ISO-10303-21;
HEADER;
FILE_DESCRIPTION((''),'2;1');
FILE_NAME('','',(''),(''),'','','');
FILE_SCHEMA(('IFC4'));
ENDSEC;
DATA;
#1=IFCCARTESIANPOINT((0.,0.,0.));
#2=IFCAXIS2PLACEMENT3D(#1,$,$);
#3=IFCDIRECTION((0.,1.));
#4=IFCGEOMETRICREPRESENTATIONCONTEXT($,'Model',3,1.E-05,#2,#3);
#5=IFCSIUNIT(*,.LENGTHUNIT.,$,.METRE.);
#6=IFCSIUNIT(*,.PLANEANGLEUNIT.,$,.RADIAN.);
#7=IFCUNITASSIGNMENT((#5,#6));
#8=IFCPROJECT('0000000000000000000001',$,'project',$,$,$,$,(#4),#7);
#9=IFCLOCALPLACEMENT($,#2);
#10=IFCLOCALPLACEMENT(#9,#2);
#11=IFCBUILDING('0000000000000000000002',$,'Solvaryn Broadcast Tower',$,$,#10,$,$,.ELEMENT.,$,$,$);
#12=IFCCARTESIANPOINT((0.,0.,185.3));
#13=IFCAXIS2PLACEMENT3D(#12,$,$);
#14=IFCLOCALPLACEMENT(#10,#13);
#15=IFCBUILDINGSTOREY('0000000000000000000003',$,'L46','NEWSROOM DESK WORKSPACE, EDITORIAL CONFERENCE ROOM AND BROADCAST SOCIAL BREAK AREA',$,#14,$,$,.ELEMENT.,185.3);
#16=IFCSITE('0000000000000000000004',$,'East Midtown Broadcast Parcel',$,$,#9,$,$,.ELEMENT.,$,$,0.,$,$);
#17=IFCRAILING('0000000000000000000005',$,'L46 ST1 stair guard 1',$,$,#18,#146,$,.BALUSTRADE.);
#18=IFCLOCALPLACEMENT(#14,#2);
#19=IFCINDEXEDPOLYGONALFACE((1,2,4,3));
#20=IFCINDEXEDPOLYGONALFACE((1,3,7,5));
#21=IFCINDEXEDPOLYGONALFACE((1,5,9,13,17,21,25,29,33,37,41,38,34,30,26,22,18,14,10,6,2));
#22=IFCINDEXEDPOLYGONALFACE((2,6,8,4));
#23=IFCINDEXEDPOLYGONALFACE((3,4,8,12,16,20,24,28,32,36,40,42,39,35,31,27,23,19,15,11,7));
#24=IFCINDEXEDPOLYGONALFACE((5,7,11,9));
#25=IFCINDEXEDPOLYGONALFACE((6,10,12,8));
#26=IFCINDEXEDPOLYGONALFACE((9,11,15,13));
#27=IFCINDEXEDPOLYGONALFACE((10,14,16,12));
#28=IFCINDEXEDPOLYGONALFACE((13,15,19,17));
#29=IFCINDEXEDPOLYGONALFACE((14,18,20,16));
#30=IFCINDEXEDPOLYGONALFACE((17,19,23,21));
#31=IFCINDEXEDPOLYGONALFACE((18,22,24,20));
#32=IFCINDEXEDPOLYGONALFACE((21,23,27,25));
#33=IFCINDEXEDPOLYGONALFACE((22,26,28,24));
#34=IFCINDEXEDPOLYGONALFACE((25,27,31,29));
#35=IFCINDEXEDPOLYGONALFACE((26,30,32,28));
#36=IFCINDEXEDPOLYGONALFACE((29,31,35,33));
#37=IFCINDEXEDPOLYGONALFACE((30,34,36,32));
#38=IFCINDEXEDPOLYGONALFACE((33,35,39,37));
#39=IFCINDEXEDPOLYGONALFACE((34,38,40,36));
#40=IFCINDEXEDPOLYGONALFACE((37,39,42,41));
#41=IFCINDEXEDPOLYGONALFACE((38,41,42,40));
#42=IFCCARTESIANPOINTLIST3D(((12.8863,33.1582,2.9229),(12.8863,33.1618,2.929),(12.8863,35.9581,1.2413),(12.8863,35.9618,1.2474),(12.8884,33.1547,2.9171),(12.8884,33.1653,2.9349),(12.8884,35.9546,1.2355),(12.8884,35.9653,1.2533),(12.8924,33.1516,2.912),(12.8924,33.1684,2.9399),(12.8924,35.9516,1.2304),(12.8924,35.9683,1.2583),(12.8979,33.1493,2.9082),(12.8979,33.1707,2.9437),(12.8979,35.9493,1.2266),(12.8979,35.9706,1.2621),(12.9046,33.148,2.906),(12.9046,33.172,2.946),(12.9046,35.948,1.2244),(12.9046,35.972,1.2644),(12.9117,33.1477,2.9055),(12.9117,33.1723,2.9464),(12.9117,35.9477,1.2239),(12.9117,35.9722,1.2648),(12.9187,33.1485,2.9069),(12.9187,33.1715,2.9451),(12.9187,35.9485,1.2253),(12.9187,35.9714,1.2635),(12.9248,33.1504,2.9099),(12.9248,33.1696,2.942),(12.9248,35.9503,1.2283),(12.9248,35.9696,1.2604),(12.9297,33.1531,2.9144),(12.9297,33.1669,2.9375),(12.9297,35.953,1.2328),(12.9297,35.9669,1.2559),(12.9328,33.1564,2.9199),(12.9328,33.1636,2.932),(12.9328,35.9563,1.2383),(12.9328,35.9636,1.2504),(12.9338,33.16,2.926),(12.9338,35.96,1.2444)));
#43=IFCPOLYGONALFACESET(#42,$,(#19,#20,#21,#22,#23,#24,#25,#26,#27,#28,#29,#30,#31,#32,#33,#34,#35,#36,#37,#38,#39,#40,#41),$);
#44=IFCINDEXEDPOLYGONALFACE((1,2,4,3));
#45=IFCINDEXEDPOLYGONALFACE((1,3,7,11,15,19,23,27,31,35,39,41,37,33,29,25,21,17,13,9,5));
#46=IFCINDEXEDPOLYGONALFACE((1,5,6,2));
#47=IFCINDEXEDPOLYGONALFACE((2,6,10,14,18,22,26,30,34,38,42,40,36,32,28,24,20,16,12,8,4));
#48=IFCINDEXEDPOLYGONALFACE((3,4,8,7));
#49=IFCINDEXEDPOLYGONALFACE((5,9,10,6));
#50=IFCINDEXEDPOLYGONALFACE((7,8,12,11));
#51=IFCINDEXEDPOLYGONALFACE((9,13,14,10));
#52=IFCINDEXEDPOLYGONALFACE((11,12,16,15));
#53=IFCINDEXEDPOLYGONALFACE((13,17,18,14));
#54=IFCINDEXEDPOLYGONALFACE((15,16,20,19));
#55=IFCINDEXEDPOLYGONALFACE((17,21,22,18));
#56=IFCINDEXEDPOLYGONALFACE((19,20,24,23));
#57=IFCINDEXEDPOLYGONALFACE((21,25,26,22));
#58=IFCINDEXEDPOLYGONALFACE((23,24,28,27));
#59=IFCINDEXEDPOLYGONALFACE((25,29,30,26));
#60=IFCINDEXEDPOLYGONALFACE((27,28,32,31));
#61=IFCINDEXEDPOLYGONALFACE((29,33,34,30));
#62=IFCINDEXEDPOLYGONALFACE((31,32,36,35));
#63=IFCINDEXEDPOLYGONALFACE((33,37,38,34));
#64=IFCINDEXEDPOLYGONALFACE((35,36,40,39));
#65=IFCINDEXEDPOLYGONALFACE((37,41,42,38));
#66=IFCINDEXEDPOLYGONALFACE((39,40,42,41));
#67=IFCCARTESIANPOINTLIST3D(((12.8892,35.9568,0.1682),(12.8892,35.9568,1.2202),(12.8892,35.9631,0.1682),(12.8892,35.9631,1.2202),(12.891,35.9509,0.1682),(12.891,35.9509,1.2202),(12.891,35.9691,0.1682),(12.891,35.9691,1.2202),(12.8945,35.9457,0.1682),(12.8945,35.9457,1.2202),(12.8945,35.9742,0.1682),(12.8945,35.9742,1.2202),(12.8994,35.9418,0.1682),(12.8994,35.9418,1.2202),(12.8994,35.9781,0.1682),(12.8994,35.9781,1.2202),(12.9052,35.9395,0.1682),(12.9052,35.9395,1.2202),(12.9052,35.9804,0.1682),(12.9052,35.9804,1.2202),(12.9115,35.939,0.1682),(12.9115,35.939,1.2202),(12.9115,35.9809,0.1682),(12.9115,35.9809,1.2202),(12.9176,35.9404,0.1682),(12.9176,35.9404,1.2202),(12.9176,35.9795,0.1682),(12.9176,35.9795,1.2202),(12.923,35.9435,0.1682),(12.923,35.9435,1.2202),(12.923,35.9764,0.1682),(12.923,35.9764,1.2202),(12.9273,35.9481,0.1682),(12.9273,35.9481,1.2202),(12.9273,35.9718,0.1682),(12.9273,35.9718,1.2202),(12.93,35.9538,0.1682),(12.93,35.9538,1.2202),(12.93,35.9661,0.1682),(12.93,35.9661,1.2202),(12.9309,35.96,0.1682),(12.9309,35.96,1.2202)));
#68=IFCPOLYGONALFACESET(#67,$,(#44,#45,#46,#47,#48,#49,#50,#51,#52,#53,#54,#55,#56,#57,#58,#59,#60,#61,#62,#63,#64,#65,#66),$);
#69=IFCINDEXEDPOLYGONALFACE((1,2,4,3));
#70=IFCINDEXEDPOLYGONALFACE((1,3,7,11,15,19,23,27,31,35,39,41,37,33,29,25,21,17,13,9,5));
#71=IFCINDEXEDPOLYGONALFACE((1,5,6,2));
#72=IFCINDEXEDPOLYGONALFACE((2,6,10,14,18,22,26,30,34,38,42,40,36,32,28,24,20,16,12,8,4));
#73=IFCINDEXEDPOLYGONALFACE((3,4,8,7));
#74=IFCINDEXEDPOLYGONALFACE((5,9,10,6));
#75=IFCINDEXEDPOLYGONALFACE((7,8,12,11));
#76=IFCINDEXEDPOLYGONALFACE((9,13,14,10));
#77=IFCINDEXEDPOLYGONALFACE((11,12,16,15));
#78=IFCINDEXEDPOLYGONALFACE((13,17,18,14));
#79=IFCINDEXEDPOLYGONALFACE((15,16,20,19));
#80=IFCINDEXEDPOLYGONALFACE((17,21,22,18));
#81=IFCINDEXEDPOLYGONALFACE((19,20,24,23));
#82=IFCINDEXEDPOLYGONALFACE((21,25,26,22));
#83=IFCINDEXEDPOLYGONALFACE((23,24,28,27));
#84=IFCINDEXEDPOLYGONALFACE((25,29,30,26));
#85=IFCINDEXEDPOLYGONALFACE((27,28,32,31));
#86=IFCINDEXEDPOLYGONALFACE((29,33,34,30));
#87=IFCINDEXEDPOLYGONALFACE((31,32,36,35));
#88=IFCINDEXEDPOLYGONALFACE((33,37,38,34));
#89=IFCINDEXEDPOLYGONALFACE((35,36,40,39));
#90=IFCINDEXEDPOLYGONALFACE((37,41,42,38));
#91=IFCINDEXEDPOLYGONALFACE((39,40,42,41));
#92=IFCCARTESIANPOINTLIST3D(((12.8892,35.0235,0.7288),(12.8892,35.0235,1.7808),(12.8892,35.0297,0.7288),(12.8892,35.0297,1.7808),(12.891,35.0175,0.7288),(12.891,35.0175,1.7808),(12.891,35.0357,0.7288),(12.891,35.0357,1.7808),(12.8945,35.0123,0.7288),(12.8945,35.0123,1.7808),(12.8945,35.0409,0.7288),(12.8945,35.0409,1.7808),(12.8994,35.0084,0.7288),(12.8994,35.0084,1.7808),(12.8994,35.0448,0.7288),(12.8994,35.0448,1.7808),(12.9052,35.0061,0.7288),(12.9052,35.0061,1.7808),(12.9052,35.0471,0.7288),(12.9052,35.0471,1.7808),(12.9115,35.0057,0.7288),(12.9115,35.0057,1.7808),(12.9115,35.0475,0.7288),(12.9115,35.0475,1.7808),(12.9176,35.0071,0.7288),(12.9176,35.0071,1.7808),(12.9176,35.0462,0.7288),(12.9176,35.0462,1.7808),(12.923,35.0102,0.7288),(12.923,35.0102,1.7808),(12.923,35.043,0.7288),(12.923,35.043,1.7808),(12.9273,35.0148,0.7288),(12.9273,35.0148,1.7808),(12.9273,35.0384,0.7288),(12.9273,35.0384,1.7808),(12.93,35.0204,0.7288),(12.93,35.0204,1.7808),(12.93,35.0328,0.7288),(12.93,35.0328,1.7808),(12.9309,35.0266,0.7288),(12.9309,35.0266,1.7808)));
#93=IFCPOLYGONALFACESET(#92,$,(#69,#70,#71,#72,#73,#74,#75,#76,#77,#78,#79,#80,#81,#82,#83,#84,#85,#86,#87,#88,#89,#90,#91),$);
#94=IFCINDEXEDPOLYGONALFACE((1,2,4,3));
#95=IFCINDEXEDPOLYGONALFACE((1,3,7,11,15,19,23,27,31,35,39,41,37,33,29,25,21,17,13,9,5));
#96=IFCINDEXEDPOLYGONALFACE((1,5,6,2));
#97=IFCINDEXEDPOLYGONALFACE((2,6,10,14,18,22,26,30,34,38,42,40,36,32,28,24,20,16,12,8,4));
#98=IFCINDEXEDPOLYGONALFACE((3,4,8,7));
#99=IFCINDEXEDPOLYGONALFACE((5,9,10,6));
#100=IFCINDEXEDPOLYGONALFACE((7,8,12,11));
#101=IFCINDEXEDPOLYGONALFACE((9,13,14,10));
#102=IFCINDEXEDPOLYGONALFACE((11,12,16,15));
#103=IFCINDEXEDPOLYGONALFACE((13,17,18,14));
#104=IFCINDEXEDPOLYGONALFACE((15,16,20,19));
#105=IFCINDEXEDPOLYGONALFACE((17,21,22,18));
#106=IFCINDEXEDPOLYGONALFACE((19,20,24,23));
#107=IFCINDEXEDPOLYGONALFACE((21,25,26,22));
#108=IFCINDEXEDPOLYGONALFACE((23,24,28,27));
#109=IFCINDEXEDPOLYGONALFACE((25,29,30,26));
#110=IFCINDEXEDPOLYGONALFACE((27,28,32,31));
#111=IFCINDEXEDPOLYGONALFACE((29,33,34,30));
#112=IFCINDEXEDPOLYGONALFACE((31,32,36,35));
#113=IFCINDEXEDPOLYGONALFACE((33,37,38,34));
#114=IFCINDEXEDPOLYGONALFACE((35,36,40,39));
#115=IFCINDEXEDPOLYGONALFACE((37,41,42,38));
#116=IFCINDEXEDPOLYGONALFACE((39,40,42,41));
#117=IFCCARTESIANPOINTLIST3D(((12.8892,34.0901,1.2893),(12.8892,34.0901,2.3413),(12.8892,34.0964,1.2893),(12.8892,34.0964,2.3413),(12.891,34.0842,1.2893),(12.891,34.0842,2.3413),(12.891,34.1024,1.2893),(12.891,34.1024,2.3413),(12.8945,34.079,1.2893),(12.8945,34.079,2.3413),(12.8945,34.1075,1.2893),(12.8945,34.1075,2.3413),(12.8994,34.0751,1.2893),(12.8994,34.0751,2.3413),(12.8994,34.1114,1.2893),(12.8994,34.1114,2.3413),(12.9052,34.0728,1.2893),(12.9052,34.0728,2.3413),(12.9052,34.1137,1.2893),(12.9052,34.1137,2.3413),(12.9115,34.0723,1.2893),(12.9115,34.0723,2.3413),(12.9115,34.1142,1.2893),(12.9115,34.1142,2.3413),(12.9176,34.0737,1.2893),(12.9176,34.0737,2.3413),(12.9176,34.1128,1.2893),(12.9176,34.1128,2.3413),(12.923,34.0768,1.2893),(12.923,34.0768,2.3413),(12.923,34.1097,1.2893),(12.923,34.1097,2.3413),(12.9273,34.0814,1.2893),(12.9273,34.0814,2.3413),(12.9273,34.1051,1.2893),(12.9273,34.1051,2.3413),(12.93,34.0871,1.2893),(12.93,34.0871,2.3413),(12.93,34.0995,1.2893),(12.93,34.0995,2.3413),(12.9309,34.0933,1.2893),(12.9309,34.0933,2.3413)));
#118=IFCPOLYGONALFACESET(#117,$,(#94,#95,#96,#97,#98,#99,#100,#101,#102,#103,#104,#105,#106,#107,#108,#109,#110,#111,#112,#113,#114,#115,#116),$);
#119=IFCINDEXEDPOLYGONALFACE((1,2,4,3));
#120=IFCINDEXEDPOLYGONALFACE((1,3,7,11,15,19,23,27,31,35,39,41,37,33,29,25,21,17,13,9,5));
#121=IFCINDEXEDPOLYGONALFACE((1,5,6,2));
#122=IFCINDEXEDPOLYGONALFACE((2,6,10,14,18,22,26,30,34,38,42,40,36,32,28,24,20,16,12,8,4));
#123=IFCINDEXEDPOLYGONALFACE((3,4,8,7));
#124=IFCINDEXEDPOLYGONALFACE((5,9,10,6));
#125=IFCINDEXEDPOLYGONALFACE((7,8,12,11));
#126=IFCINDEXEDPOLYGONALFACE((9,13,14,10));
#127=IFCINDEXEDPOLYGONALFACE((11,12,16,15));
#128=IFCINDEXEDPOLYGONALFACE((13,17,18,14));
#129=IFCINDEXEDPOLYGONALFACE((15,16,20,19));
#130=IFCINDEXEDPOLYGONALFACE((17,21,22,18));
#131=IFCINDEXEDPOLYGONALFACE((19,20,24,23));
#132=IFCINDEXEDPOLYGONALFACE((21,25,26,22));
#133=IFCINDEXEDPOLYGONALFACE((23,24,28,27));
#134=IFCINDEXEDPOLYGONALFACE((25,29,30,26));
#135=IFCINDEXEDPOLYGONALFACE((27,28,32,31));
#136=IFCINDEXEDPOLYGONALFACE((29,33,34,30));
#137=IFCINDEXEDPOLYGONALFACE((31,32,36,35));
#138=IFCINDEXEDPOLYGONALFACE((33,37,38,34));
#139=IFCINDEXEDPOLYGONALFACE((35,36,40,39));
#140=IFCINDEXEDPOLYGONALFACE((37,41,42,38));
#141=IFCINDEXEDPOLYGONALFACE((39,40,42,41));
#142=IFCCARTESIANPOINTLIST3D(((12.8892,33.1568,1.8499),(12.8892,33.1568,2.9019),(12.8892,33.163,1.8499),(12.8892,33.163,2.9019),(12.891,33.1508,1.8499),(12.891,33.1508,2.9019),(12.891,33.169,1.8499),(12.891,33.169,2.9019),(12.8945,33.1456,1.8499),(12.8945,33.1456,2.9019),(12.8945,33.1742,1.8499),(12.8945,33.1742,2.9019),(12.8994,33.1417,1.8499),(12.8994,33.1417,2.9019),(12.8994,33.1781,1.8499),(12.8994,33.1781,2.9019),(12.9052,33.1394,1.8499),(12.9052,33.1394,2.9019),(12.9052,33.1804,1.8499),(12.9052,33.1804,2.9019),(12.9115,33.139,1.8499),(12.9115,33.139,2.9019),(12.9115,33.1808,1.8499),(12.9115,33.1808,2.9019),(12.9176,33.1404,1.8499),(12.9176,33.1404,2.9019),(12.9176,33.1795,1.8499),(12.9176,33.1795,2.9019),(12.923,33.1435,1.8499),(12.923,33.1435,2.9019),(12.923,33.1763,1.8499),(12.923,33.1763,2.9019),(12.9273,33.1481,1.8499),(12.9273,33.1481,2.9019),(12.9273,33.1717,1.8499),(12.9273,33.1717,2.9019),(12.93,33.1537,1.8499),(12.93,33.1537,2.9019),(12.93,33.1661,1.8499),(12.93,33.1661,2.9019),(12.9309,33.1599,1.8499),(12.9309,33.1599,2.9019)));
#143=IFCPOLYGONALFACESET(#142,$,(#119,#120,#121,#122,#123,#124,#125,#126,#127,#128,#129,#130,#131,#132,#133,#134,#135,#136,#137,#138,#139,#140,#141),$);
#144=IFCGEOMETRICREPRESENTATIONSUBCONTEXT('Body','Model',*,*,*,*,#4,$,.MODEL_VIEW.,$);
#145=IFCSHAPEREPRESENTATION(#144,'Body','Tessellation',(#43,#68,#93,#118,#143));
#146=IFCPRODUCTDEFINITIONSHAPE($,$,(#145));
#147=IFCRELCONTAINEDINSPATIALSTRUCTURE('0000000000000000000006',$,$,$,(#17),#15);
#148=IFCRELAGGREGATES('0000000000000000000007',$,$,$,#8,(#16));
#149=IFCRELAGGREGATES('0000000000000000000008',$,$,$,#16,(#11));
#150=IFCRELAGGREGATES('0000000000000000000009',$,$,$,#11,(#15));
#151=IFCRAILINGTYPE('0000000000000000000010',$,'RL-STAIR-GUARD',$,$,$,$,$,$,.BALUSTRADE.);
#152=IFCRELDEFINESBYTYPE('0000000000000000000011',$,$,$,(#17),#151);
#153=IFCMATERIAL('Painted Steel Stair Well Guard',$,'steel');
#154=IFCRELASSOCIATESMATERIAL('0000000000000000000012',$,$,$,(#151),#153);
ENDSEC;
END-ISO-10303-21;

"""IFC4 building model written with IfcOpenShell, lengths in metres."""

from ifc_helpers import new_model, si_unit, direction, frame, origin, origin_2d, place, context, subcontext, project, spatial, circle, extrude, material, type_object, element, save


model = new_model("IFC4")

# Units and contexts
model_context = context("Model", 3, precision=1e-05, world=origin(), true_north=direction((0.0, 1.0)))
body_context = subcontext(model_context, "Body", "Model", "MODEL_VIEW")
ifc_project = project(units=[si_unit("LENGTHUNIT", "METRE"), si_unit("PLANEANGLEUNIT", "RADIAN")], contexts=[model_context])

# Site, building, storey
site_placement = place(None, origin())
site = spatial("IfcSite", under=ifc_project, at=site_placement, Name="East Midtown Broadcast Parcel", CompositionType="ELEMENT", RefElevation=0.0)
building_placement = place(site_placement, origin())
building = spatial("IfcBuilding", under=site, at=building_placement, Name="Solvaryn Broadcast Tower", CompositionType="ELEMENT")
storey_placement = place(building_placement, frame((0.0, 0.0, 185.3)))
storey = spatial("IfcBuildingStorey", under=building, at=storey_placement, Name="L46", Description="NEWSROOM DESK WORKSPACE, EDITORIAL CONFERENCE ROOM AND BROADCAST SOCIAL BREAK AREA", CompositionType="ELEMENT", Elevation=185.3)

# Railing
ifc_material_1 = material(Name="Painted Steel Stair Well Guard", Category="steel")
railing_type_1 = type_object("IfcRailingType", Name="RL-STAIR-GUARD", PredefinedType="BALUSTRADE", material=ifc_material_1)
railing_1_placement = place(storey_placement, frame((12.9099, 35.96, 0.1682)))
element("IfcRailing", 1, at=railing_1_placement, inside=storey, type_object=railing_type_1, Name="L46 ST1 stair guard 1", PredefinedType="BALUSTRADE", context=body_context, shape_type="SweptSolid", body=[
    extrude(circle(Radius=0.0239, at=origin_2d()), frame((0.0, 0.0, 1.0762), z_axis=(0.0, -0.857275, 0.514858), x_axis=(1.0, 0.0, 0.0)), (0.0, 0.0, 1.0), 3.2661),
    extrude(circle(Radius=0.021, at=origin_2d()), origin(), (0.0, 0.0, 1.0), 1.052),
    extrude(circle(Radius=0.021, at=origin_2d()), frame((0.0, -0.9333, 0.5605)), (0.0, 0.0, 1.0), 1.052),
    extrude(circle(Radius=0.021, at=origin_2d()), frame((0.0, -1.8667, 1.1211)), (0.0, 0.0, 1.0), 1.052),
    extrude(circle(Radius=0.021, at=origin_2d()), frame((0.0, -2.8, 1.6816)), (0.0, 0.0, 1.0), 1.052),
])

save(model, "model.ifc")
